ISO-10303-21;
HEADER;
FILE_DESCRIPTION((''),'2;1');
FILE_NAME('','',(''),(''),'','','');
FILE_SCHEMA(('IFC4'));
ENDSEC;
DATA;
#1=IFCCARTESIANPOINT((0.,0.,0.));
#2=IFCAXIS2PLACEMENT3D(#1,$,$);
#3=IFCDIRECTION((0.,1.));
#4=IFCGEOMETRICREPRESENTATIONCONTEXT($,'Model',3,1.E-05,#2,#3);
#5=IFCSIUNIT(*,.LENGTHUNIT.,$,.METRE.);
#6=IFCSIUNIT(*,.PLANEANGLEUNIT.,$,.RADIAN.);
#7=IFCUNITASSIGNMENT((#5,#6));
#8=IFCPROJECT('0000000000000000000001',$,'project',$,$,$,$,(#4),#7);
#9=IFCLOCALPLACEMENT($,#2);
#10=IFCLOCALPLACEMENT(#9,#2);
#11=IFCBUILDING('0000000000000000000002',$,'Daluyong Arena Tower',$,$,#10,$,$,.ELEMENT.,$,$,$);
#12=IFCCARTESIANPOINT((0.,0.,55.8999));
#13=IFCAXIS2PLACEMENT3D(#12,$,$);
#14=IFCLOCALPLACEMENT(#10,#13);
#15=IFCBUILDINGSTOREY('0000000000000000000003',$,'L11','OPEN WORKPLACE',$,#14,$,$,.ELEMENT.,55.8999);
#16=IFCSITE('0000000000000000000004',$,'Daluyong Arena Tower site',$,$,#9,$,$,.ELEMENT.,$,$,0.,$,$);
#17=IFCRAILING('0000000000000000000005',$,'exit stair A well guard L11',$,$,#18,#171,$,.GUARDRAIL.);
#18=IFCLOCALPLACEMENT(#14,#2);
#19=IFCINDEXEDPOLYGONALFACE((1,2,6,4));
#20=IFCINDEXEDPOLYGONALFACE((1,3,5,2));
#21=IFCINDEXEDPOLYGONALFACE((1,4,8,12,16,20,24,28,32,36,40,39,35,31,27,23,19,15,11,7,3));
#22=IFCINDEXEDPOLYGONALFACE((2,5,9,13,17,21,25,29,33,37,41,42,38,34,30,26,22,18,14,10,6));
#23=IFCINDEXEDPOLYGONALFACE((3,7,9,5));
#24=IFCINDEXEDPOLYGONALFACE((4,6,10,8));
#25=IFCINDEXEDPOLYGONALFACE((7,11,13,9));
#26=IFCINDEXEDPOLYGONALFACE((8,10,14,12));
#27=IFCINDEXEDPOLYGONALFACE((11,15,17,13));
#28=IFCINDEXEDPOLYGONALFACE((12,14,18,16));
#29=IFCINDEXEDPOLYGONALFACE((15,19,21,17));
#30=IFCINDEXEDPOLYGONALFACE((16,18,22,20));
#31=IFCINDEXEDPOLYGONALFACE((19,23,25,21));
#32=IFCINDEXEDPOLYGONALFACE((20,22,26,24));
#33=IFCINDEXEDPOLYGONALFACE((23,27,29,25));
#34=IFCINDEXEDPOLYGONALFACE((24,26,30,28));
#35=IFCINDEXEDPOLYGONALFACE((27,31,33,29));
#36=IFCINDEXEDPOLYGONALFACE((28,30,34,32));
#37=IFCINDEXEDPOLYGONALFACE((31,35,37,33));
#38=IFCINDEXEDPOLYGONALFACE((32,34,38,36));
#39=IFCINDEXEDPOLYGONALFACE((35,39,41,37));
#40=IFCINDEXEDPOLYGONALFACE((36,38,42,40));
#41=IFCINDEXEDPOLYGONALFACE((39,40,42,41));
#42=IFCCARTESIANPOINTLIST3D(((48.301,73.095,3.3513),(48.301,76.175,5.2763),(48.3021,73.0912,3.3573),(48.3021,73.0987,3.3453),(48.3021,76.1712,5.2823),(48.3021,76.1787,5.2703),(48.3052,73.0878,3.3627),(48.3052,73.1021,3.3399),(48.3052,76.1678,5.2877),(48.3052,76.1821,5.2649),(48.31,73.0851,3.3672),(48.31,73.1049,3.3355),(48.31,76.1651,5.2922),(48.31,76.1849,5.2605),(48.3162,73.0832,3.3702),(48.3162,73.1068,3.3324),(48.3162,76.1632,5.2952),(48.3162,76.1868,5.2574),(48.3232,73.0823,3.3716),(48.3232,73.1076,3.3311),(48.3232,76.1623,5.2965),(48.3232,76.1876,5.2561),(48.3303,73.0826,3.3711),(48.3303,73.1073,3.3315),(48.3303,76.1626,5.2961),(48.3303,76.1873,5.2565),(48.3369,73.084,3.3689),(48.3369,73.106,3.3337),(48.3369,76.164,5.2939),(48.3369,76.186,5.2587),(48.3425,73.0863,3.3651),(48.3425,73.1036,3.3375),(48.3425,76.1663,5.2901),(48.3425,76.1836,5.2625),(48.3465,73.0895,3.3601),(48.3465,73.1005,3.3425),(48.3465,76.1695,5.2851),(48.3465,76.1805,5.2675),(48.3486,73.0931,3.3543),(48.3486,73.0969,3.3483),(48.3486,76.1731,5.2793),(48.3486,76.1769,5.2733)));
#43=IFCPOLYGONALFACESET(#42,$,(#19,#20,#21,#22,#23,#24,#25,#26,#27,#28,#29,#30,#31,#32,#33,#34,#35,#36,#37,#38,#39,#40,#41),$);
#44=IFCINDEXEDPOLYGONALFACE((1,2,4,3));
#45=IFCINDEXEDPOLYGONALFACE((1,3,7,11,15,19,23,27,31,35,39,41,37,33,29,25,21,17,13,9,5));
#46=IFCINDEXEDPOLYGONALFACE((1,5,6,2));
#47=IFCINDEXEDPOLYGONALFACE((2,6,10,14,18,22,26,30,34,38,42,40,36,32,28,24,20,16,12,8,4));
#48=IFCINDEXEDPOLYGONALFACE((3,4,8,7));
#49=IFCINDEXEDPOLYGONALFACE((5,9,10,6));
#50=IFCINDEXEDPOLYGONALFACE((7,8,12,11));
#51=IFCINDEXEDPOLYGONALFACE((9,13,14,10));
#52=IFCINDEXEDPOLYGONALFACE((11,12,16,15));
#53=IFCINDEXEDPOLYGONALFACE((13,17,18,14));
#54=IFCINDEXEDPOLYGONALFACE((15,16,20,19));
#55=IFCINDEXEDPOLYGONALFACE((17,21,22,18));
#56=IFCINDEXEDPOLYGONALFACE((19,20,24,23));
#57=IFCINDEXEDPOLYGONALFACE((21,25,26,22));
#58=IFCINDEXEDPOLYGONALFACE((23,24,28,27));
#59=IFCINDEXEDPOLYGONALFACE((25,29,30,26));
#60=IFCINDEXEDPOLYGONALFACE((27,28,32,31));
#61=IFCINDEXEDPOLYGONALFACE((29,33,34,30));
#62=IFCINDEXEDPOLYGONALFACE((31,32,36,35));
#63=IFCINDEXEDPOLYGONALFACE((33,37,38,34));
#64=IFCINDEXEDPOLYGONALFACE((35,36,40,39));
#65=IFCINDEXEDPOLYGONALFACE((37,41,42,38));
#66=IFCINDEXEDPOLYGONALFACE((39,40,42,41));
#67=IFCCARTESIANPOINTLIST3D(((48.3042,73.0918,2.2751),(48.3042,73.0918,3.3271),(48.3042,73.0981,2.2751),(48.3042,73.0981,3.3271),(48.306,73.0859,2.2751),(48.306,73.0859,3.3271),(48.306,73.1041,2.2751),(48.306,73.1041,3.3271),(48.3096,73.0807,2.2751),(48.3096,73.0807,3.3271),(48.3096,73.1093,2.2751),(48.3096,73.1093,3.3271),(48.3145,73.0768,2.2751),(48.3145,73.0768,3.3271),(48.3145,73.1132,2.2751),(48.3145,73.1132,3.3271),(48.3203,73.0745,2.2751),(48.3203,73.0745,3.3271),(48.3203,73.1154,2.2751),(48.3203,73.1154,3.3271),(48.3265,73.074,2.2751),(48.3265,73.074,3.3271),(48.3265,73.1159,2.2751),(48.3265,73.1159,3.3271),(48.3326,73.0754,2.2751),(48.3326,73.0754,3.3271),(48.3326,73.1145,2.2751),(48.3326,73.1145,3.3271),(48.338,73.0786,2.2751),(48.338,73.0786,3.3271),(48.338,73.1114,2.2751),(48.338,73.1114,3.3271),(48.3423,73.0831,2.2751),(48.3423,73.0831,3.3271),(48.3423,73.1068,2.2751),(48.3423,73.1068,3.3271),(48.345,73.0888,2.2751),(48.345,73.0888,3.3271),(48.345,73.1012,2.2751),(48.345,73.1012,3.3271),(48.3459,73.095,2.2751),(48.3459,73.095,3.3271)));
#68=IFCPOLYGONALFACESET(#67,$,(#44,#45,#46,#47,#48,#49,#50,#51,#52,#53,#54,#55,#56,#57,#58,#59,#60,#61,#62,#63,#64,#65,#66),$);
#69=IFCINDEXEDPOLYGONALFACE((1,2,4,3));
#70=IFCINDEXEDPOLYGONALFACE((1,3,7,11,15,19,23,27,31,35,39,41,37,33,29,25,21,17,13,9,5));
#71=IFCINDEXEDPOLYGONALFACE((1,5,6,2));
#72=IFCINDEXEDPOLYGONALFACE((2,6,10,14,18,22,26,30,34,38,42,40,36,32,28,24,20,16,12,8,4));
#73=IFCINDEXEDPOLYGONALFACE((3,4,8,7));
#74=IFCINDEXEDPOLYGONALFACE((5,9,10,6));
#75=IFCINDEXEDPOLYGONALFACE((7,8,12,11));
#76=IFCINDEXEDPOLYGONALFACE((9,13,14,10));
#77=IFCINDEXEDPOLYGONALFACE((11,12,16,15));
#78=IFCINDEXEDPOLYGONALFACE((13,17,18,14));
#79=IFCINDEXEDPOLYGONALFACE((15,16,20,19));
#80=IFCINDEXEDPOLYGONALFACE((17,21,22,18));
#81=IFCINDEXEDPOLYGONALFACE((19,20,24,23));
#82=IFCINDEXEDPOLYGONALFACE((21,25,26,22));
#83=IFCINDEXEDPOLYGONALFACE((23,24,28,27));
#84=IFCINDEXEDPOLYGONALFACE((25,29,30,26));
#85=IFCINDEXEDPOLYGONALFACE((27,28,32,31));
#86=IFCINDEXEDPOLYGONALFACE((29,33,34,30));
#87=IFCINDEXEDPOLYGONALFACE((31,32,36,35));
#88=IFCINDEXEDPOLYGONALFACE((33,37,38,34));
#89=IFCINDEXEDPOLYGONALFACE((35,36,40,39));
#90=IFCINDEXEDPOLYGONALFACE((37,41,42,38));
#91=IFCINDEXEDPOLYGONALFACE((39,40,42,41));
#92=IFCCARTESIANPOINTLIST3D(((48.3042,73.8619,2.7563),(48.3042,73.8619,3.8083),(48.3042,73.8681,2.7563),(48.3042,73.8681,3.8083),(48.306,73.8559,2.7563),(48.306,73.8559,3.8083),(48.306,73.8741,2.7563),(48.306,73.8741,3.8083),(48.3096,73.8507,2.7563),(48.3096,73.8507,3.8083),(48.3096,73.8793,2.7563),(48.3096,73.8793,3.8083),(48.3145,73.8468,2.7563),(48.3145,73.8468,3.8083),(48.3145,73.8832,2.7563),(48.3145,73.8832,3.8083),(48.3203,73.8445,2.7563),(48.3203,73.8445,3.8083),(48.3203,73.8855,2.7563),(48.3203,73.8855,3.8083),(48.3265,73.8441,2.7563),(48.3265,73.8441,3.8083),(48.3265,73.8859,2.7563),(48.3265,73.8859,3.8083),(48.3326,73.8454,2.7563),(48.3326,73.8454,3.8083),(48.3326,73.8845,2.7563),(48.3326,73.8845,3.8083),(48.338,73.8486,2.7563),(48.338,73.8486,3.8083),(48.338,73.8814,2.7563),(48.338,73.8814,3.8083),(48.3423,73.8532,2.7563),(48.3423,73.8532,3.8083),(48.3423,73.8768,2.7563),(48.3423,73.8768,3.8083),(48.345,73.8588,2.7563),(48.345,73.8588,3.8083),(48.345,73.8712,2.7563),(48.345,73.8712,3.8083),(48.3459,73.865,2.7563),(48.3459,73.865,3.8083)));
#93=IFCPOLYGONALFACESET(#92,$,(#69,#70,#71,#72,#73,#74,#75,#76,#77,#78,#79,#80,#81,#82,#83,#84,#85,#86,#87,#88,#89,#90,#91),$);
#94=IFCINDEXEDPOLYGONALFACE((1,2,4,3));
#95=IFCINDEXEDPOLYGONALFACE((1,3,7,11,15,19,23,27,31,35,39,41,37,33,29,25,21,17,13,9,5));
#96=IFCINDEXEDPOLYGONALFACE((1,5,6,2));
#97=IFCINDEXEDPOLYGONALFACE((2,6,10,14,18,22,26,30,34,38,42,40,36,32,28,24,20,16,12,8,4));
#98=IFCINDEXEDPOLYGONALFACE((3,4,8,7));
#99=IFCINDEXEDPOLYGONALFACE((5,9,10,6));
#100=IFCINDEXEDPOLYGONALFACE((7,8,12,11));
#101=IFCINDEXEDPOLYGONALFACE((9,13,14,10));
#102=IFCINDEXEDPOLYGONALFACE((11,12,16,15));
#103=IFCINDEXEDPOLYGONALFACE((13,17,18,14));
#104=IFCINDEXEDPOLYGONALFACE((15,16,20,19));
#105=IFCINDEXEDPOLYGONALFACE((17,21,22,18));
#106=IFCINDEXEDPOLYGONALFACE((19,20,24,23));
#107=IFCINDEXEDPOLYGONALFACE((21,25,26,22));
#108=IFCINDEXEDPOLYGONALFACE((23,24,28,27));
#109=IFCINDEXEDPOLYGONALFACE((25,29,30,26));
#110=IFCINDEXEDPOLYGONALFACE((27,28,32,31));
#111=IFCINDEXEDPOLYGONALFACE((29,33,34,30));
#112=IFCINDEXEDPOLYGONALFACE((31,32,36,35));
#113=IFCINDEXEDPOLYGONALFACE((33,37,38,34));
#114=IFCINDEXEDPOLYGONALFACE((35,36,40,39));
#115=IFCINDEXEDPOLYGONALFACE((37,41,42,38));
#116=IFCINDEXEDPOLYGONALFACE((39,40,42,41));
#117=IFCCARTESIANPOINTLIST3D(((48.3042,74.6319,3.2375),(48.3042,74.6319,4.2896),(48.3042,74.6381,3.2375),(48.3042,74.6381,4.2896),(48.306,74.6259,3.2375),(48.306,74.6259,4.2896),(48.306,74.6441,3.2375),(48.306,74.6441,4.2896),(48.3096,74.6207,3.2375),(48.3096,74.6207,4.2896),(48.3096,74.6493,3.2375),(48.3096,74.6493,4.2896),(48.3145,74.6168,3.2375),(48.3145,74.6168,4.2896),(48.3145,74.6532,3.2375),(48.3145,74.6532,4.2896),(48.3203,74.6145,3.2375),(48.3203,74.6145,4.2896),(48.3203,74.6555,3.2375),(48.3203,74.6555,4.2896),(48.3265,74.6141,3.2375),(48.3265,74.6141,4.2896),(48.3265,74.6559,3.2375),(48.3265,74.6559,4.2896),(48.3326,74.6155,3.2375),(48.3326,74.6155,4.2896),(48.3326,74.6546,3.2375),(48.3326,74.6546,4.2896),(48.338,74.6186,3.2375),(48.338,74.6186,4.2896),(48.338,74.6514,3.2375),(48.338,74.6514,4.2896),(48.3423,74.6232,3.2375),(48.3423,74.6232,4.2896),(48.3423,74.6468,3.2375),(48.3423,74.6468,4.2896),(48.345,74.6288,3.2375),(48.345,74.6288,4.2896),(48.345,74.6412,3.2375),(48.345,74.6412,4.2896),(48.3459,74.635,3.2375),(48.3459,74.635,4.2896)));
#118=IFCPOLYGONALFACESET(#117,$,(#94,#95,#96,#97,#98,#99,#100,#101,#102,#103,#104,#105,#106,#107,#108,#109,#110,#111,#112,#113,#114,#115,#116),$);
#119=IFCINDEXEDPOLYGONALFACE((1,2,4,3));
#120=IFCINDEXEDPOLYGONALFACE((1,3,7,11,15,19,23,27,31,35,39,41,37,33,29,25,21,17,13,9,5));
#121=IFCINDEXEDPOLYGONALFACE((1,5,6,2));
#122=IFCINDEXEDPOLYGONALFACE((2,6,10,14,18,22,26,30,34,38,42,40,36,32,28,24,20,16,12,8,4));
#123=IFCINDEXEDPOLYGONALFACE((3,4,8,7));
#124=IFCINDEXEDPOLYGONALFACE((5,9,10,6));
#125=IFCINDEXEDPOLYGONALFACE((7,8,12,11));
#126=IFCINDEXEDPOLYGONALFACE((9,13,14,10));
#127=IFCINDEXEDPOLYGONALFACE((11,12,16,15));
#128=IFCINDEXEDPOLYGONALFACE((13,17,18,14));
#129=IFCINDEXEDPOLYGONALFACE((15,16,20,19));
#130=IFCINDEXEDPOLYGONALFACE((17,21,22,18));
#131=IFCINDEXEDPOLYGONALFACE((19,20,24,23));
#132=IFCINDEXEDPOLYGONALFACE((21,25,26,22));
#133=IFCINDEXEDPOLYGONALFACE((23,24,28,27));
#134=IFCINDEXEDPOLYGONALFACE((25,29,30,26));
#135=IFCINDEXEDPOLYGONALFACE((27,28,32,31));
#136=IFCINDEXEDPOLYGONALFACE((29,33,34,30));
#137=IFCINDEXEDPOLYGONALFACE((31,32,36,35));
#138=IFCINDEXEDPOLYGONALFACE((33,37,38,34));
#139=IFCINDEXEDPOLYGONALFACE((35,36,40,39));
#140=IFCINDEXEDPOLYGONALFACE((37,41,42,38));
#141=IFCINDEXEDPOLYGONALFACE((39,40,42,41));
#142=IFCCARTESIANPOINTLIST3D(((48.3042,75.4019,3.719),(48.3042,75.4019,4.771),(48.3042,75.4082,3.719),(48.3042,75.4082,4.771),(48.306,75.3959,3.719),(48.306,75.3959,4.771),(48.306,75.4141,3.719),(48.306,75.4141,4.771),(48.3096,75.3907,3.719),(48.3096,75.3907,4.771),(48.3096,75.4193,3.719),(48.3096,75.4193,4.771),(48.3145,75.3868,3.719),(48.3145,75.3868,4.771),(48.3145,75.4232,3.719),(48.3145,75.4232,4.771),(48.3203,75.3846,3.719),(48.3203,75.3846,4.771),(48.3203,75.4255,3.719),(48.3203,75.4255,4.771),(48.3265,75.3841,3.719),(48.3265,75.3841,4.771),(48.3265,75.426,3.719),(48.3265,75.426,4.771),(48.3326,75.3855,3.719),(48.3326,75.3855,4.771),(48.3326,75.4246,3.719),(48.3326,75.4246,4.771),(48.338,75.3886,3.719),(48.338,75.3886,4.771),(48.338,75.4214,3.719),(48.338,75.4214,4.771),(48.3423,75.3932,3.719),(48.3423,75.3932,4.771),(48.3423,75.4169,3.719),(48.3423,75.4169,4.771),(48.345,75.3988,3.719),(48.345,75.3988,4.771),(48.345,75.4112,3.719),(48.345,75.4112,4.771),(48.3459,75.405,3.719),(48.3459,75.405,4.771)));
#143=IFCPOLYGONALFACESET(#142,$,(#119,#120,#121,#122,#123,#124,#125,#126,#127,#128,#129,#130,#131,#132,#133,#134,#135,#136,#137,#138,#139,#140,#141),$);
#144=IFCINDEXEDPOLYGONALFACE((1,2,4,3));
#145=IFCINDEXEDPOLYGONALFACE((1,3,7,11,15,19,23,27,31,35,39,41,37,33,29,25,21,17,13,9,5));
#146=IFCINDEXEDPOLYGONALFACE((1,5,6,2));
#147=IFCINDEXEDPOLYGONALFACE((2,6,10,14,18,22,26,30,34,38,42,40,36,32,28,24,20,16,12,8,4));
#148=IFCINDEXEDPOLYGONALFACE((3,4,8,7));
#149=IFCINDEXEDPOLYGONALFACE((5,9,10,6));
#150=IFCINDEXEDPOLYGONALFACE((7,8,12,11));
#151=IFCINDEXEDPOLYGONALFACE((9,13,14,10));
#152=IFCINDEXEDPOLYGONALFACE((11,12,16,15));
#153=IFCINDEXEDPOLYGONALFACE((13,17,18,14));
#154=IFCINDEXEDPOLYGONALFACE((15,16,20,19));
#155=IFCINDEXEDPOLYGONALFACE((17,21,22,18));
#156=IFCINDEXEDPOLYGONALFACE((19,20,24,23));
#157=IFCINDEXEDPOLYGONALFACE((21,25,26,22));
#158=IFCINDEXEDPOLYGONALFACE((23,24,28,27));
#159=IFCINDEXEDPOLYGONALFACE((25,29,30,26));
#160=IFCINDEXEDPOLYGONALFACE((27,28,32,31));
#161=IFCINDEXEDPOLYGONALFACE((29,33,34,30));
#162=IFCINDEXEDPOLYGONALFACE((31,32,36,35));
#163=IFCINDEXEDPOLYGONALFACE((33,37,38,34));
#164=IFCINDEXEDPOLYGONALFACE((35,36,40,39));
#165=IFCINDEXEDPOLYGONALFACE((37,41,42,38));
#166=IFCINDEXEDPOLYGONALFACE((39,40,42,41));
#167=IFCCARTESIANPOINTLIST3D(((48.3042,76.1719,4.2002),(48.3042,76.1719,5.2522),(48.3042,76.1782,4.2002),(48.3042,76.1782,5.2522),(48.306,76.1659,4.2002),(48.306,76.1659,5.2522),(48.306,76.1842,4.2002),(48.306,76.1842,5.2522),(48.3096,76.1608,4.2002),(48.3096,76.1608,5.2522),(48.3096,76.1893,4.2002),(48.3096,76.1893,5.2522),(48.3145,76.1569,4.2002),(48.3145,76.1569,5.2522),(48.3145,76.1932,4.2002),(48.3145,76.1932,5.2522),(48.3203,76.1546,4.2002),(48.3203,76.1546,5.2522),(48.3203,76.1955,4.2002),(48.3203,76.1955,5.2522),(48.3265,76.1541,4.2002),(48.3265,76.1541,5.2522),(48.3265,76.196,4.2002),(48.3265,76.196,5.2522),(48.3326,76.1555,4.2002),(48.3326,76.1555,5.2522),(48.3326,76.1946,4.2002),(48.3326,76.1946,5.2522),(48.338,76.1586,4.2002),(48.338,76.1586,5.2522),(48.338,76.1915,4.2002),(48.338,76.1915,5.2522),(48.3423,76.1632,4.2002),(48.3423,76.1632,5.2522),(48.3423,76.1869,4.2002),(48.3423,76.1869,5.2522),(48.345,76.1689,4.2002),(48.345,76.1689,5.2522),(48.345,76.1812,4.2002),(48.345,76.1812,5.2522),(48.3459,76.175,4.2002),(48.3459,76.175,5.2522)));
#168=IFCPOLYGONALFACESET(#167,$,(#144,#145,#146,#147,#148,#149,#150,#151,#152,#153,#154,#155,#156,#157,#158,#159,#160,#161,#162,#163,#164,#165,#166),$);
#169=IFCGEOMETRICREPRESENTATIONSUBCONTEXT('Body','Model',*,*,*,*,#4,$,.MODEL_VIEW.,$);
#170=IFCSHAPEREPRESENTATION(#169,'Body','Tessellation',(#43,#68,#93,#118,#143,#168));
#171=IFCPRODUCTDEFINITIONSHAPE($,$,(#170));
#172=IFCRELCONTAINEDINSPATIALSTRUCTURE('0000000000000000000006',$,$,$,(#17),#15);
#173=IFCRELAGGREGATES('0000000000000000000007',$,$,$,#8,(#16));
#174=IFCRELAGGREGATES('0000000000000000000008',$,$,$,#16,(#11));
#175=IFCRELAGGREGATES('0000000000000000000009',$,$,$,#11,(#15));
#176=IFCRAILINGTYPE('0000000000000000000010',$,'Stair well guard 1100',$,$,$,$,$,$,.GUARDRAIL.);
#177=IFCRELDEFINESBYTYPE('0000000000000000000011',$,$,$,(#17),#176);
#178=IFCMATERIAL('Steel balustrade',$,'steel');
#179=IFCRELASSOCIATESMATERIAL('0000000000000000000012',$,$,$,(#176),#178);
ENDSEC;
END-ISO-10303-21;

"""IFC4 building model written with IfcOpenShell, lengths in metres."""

from ifc_helpers import new_model, si_unit, direction, frame, origin, origin_2d, place, context, subcontext, project, spatial, circle, extrude, material, type_object, element, save


model = new_model("IFC4")

# Units and contexts
model_context = context("Model", 3, precision=1e-05, world=origin(), true_north=direction((0.0, 1.0)))
body_context = subcontext(model_context, "Body", "Model", "MODEL_VIEW")
ifc_project = project(units=[si_unit("LENGTHUNIT", "METRE"), si_unit("PLANEANGLEUNIT", "RADIAN")], contexts=[model_context])

# Site, building, storey
site_placement = place(None, origin())
site = spatial("IfcSite", under=ifc_project, at=site_placement, Name="Daluyong Arena Tower site", CompositionType="ELEMENT", RefElevation=0.0)
building_placement = place(site_placement, origin())
building = spatial("IfcBuilding", under=site, at=building_placement, Name="Daluyong Arena Tower", CompositionType="ELEMENT")
storey_placement = place(building_placement, frame((0.0, 0.0, 55.8999)))
storey = spatial("IfcBuildingStorey", under=building, at=storey_placement, Name="L11", Description="OPEN WORKPLACE", CompositionType="ELEMENT", Elevation=55.8999)

# Railing
ifc_material_1 = material(Name="Steel balustrade", Category="steel")
railing_type_1 = type_object("IfcRailingType", Name="Stair well guard 1100", PredefinedType="GUARDRAIL", material=ifc_material_1)
railing_1_placement = place(storey_placement, frame((48.325, 73.095, 2.2751)))
element("IfcRailing", 1, at=railing_1_placement, inside=storey, type_object=railing_type_1, Name="exit stair A well guard L11", PredefinedType="GUARDRAIL", context=body_context, shape_type="SweptSolid", body=[
    extrude(circle(Radius=0.0239, at=origin_2d()), frame((0.0, 0.0, 1.0762), z_axis=(0.0, 0.847998, 0.529999), x_axis=(-1.0, 0.0, 0.0)), (0.0, 0.0, 1.0), 3.6321),
    extrude(circle(Radius=0.021, at=origin_2d()), origin(), (0.0, 0.0, 1.0), 1.052),
    extrude(circle(Radius=0.021, at=origin_2d()), frame((0.0, 0.77, 0.4812)), (0.0, 0.0, 1.0), 1.052),
    extrude(circle(Radius=0.021, at=origin_2d()), frame((0.0, 1.54, 0.9624)), (0.0, 0.0, 1.0), 1.052),
    extrude(circle(Radius=0.021, at=origin_2d()), frame((0.0, 2.3101, 1.4438)), (0.0, 0.0, 1.0), 1.052),
    extrude(circle(Radius=0.021, at=origin_2d()), frame((0.0, 3.0801, 1.925)), (0.0, 0.0, 1.0), 1.052),
])

save(model, "model.ifc")
